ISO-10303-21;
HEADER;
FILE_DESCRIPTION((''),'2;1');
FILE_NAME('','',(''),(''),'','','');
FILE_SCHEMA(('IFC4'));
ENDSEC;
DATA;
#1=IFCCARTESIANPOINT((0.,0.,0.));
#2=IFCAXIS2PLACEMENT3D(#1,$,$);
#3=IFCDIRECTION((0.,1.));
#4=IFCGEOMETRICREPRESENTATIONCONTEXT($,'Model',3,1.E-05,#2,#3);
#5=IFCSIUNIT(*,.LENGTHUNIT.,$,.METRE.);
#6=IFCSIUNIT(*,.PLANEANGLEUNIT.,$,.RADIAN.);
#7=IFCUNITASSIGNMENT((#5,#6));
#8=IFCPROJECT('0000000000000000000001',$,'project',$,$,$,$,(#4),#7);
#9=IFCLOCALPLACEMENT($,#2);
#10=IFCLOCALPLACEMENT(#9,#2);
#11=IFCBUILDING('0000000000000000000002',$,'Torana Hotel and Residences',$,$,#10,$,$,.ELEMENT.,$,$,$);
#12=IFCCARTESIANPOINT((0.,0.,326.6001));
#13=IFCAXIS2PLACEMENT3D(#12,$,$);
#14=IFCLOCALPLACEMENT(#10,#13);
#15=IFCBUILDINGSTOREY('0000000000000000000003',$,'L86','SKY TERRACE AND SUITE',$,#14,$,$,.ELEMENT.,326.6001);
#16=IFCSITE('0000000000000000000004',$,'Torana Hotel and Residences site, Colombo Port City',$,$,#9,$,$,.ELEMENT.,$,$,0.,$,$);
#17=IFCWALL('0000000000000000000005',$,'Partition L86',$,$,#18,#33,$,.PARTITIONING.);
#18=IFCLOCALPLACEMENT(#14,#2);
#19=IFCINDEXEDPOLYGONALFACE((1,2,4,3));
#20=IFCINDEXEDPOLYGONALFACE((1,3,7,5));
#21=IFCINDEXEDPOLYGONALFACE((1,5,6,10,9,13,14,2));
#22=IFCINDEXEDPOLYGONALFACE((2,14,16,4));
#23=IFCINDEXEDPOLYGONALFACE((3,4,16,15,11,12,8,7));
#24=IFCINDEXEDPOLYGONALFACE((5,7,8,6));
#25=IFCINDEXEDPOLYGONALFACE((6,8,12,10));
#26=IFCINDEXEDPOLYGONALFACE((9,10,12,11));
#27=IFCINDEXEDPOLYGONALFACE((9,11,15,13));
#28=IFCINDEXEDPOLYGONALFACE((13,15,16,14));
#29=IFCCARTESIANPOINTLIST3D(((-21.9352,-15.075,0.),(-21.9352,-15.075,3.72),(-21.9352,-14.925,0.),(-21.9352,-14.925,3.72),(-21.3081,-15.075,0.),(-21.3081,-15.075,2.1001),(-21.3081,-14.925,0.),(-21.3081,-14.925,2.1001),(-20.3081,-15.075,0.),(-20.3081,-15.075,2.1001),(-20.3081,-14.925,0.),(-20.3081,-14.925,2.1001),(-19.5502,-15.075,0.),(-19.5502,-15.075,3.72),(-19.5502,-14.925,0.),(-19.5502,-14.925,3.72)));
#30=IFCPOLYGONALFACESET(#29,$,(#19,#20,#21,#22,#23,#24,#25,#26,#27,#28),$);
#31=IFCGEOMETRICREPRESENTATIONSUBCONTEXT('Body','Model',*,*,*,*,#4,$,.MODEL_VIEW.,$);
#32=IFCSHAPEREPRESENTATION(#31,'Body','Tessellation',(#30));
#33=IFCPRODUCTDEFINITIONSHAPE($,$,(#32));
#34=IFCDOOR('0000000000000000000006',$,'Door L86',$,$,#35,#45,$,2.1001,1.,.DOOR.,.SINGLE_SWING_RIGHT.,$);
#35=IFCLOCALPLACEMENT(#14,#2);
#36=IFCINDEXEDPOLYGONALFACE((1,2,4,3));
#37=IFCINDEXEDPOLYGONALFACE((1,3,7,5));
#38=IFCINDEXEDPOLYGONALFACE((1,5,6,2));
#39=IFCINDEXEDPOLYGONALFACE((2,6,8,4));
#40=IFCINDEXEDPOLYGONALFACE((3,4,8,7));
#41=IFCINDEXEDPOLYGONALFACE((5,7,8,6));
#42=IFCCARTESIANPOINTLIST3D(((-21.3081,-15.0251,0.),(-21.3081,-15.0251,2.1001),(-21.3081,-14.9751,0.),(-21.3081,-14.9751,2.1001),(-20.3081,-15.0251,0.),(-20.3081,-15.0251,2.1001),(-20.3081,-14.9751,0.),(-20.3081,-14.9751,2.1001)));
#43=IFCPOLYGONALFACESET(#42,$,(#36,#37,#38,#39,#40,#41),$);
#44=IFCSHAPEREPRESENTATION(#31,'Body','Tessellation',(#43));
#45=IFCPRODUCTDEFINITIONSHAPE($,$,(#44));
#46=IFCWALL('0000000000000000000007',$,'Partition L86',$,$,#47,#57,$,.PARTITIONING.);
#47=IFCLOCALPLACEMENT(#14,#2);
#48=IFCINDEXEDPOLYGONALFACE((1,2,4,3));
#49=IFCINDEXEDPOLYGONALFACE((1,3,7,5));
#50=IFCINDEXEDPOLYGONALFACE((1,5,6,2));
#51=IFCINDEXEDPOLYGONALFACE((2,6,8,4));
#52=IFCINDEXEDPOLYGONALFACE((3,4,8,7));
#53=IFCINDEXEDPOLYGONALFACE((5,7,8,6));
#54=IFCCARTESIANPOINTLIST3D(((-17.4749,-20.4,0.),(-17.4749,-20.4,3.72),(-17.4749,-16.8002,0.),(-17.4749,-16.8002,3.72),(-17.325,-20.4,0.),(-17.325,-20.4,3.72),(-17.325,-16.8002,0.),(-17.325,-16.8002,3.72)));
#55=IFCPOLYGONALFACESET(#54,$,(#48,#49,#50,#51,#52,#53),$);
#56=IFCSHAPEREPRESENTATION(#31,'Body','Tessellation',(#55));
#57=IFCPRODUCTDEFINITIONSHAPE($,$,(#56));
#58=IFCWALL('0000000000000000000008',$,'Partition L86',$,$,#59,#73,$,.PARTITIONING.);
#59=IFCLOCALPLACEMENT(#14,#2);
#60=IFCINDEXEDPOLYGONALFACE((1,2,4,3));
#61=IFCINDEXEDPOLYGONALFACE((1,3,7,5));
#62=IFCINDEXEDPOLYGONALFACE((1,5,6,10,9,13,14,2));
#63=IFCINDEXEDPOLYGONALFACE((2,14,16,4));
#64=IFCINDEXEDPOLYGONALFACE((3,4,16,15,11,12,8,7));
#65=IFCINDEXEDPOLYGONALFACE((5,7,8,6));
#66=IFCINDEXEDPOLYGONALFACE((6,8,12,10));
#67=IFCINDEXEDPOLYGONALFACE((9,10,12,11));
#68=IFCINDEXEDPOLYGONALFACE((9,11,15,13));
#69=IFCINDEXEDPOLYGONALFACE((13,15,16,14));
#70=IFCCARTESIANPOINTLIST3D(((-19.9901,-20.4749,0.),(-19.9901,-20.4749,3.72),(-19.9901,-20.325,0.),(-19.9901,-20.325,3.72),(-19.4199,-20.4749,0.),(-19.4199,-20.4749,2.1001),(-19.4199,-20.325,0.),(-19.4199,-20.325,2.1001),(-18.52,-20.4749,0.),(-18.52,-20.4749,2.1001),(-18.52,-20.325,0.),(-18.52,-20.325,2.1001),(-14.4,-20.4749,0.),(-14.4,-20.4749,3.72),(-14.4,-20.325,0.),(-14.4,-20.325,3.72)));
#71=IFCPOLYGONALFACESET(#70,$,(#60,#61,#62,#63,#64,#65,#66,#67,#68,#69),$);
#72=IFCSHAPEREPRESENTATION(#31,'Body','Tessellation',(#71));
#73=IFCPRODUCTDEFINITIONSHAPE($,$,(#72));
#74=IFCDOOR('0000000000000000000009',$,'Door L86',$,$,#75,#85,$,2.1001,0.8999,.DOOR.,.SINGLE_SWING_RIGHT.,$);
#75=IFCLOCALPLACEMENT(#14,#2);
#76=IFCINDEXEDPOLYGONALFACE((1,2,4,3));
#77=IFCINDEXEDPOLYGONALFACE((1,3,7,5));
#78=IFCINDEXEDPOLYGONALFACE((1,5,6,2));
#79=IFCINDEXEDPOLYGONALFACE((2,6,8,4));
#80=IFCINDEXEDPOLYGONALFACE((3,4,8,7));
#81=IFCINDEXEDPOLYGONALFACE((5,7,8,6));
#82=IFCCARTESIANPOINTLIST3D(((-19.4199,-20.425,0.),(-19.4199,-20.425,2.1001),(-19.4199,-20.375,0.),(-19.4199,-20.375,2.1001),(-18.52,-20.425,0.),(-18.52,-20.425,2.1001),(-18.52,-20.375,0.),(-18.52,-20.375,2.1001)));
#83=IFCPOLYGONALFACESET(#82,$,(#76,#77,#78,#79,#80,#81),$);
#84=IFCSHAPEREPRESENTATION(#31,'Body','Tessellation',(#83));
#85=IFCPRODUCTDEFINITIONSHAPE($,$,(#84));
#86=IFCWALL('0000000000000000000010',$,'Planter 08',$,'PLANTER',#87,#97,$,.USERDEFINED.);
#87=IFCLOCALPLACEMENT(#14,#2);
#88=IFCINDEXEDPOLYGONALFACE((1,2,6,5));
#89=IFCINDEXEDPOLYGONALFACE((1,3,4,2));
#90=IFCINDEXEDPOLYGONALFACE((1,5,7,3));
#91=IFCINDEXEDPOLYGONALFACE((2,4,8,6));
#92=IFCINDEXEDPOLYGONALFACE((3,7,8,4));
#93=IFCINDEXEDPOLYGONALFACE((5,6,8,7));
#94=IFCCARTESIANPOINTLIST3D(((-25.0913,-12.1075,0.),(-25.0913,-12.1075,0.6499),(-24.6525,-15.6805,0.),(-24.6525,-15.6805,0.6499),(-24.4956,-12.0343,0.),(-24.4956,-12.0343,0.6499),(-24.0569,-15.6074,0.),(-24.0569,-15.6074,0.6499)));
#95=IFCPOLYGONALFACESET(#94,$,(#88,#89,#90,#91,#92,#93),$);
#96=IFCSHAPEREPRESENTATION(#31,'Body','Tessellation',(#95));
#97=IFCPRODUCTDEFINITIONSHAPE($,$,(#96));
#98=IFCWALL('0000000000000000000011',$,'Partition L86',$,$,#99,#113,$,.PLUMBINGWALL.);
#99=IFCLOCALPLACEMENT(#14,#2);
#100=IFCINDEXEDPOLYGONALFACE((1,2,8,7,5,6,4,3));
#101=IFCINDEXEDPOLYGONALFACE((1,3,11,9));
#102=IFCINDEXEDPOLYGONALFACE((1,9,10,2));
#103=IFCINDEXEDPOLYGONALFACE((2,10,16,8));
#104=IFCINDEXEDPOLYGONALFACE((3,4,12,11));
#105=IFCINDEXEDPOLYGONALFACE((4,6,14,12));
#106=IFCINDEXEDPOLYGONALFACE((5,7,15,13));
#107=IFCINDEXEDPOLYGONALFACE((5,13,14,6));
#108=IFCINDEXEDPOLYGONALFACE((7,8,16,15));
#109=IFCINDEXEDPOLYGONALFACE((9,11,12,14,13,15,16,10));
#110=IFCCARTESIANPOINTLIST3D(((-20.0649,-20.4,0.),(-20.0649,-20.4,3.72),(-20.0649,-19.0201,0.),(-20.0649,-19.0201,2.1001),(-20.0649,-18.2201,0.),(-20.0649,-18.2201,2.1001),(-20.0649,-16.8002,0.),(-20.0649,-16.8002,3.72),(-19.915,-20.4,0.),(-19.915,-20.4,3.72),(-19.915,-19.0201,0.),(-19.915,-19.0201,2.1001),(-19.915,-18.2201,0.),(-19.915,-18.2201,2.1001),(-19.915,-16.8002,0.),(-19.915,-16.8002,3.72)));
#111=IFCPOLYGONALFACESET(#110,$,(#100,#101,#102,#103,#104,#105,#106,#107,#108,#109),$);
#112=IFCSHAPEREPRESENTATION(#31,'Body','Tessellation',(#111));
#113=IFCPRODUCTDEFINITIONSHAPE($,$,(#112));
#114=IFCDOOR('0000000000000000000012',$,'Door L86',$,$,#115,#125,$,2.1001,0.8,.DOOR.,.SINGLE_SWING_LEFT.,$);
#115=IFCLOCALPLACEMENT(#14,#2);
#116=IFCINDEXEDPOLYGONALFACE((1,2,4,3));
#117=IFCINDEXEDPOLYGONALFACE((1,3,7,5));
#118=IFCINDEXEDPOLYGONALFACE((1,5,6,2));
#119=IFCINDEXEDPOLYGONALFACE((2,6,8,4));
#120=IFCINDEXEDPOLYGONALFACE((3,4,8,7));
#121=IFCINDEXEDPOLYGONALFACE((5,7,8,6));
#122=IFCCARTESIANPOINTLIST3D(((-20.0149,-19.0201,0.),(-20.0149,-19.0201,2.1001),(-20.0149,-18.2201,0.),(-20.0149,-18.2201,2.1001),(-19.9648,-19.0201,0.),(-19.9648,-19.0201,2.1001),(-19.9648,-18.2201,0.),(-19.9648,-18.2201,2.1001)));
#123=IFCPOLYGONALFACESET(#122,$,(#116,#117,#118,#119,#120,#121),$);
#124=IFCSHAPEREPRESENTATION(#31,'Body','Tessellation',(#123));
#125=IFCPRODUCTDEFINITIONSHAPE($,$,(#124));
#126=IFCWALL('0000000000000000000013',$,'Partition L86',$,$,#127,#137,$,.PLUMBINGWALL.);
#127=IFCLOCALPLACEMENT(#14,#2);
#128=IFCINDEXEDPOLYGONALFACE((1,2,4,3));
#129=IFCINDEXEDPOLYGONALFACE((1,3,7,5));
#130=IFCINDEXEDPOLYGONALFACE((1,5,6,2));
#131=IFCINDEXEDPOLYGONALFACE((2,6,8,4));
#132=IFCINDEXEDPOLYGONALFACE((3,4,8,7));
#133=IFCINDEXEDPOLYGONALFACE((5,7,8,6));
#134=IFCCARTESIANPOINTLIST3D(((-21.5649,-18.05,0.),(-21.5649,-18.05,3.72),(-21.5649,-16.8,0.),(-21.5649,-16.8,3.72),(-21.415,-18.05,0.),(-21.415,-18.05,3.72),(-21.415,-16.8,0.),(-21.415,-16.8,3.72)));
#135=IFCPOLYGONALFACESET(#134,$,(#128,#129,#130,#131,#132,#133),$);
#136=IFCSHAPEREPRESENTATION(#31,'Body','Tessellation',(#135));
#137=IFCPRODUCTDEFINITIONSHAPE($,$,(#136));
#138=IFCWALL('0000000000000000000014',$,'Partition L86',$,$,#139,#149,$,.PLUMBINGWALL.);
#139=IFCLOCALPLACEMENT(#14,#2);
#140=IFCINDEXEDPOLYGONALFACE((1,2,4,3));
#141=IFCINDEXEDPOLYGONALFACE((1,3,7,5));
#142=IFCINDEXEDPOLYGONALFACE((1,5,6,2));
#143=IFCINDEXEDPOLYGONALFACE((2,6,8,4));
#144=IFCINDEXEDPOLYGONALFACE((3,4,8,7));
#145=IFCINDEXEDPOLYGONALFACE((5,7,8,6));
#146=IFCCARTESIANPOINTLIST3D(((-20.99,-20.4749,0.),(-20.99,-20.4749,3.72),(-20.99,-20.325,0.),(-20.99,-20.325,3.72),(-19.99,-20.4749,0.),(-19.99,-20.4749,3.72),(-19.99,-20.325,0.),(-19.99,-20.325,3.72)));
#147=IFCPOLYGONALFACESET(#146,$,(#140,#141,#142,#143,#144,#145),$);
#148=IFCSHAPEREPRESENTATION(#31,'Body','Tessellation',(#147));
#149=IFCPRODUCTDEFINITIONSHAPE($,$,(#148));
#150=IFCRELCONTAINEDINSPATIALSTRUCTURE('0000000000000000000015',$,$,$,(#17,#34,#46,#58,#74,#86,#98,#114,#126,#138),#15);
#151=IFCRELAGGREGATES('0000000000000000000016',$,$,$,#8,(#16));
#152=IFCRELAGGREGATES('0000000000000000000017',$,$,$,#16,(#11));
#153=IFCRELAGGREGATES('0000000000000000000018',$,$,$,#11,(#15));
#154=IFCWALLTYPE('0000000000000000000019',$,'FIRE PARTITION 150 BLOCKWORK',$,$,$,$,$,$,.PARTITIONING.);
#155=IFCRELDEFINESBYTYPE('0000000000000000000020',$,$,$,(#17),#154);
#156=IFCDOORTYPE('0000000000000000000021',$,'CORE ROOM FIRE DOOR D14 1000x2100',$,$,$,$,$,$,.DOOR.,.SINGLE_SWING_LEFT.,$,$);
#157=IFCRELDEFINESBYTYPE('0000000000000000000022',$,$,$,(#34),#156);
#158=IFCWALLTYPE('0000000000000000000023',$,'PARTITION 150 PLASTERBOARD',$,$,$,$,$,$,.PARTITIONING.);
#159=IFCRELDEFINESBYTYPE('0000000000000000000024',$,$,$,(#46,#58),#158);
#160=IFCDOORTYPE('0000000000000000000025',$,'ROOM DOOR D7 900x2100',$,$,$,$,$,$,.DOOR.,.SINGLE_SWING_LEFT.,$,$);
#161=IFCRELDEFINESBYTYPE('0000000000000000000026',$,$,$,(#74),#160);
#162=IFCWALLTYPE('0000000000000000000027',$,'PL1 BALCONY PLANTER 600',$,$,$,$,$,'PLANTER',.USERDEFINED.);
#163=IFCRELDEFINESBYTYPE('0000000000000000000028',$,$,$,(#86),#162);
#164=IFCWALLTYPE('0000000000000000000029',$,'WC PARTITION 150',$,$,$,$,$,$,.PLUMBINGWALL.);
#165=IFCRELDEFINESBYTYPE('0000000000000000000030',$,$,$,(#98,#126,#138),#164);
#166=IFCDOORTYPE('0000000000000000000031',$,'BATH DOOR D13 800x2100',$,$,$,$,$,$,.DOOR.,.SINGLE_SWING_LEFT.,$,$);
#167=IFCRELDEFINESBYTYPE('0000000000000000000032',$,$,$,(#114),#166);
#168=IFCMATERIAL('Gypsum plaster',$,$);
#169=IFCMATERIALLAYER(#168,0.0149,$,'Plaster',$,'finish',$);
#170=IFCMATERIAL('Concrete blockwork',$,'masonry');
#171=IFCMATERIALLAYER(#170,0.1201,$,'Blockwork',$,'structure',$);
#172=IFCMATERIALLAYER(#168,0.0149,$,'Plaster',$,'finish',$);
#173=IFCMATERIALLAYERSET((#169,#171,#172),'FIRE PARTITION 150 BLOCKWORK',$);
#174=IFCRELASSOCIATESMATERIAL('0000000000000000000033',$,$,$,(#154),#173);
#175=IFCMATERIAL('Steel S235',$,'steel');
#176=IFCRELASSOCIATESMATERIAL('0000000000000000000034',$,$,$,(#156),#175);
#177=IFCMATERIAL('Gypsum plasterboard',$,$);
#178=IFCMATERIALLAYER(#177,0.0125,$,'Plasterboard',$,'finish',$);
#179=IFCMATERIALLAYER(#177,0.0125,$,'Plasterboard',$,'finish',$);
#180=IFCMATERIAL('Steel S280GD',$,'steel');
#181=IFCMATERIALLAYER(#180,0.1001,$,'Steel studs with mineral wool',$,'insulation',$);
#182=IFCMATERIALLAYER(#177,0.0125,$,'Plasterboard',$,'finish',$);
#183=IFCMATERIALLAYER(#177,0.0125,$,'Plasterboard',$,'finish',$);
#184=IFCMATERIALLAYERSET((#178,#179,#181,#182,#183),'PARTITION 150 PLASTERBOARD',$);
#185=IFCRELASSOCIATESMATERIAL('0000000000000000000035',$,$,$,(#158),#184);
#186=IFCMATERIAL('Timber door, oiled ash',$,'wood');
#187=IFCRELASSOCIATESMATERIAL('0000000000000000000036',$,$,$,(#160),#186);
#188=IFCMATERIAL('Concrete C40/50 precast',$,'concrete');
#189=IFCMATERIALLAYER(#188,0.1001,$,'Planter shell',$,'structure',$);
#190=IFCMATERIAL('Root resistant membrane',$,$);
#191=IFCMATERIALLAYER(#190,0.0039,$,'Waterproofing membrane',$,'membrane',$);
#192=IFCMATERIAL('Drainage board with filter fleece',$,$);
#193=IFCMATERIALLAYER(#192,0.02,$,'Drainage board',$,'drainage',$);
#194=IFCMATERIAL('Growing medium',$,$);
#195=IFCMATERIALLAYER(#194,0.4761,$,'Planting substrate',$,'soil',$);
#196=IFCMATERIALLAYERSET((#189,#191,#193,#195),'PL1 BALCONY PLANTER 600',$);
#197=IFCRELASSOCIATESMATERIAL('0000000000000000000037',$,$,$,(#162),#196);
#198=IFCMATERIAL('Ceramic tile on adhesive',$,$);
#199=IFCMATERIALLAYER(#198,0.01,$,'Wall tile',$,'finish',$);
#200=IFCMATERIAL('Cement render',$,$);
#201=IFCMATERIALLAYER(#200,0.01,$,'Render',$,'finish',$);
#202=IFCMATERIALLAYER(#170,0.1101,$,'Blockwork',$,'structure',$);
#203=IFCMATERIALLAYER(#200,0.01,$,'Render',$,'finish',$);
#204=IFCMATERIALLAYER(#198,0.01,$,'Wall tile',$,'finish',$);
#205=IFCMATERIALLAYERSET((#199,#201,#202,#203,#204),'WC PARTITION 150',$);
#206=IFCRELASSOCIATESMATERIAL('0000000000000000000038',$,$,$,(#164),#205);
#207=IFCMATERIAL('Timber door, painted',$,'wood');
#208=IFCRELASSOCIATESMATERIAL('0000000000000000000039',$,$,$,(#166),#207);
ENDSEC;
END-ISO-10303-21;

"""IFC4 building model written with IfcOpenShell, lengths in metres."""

from ifc_helpers import new_model, si_unit, direction, frame, frame_2d, origin, place, context, subcontext, project, spatial, rectangle, extrude, material, layer, layer_set, type_object, element, fill, save


model = new_model("IFC4")

# Units and contexts
model_context = context("Model", 3, precision=1e-05, world=origin(), true_north=direction((0.0, 1.0)))
body_context = subcontext(model_context, "Body", "Model", "MODEL_VIEW")
ifc_project = project(units=[si_unit("LENGTHUNIT", "METRE"), si_unit("PLANEANGLEUNIT", "RADIAN")], contexts=[model_context])

# Site, building, storey
site_placement = place(None, origin())
site = spatial("IfcSite", under=ifc_project, at=site_placement, Name="Torana Hotel and Residences site, Colombo Port City", CompositionType="ELEMENT", RefElevation=0.0)
building_placement = place(site_placement, origin())
building = spatial("IfcBuilding", under=site, at=building_placement, Name="Torana Hotel and Residences", CompositionType="ELEMENT")
storey_placement = place(building_placement, frame((0.0, 0.0, 326.6001)))
storey = spatial("IfcBuildingStorey", under=building, at=storey_placement, Name="L86", Description="SKY TERRACE AND SUITE", CompositionType="ELEMENT", Elevation=326.6001)

# Shared definitions
ifc_material_1 = material(Name="Gypsum plaster")
ifc_layer_1 = layer(ifc_material_1, 0.0149, Name="Plaster", Category="finish")
ifc_material_2 = material(Name="Concrete blockwork", Category="masonry")
ifc_layer_2 = layer(ifc_material_2, 0.1201, Name="Blockwork", Category="structure")
ifc_layer_3 = layer(ifc_material_1, 0.0149, Name="Plaster", Category="finish")
ifc_layer_set_1 = layer_set([ifc_layer_1, ifc_layer_2, ifc_layer_3], Name="FIRE PARTITION 150 BLOCKWORK")
wall_type_1 = type_object("IfcWallType", Name="FIRE PARTITION 150 BLOCKWORK", PredefinedType="PARTITIONING", material=ifc_layer_set_1)

# Wall, opening, door
wall_1_placement = place(storey_placement, frame((-21.9351, -15.0, 0.0), z_axis=(0.0, 0.0, 1.0), x_axis=(1.0, 0.0, 0.0)))
wall_1 = element("IfcWall", 1, at=wall_1_placement, inside=storey, type_object=wall_type_1, Name="Partition L86", PredefinedType="PARTITIONING", context=body_context, shape_type="SweptSolid", body=[
    extrude(rectangle(XDim=2.385, YDim=0.1499, at=frame_2d((1.1924, 0.0))), origin(), (0.0, 0.0, 1.0), 3.72),
])
opening_1_placement = place(wall_1_placement, frame((0.627, 0.0, 0.0)))
opening_1 = element("IfcOpeningElement", 2, at=opening_1_placement, cuts=wall_1, PredefinedType="OPENING", context=body_context, shape_type="SweptSolid", body=[
    extrude(rectangle(XDim=1.0, YDim=2.1001, at=frame_2d((0.5, 1.05))), frame((0.0, 0.085, 0.0), z_axis=(0.0, -1.0, 0.0), x_axis=(1.0, 0.0, 0.0)), (0.0, 0.0, 1.0), 0.1699),
])
ifc_material_3 = material(Name="Steel S235", Category="steel")
door_type_1 = type_object("IfcDoorType", Name="CORE ROOM FIRE DOOR D14 1000x2100", OperationType="SINGLE_SWING_LEFT", PredefinedType="DOOR", material=ifc_material_3)
door_1_placement = place(opening_1_placement, origin())
door_1 = element("IfcDoor", 3, at=door_1_placement, inside=storey, type_object=door_type_1, Name="Door L86", OperationType="SINGLE_SWING_RIGHT", OverallHeight=2.1001, OverallWidth=1.0, PredefinedType="DOOR", context=body_context, shape_type="SweptSolid", body=[
    extrude(rectangle(XDim=1.0, YDim=2.1001, at=frame_2d((0.5, 1.05))), frame((0.0, 0.0249, 0.0), z_axis=(0.0, -1.0, 0.0), x_axis=(1.0, 0.0, 0.0)), (0.0, 0.0, 1.0), 0.05),
])
fill(opening_1, door_1)

# Wall
ifc_material_4 = material(Name="Gypsum plasterboard")
ifc_layer_4 = layer(ifc_material_4, 0.0125, Name="Plasterboard", Category="finish")
ifc_layer_5 = layer(ifc_material_4, 0.0125, Name="Plasterboard", Category="finish")
ifc_material_5 = material(Name="Steel S280GD", Category="steel")
ifc_layer_6 = layer(ifc_material_5, 0.1001, Name="Steel studs with mineral wool", Category="insulation")
ifc_layer_7 = layer(ifc_material_4, 0.0125, Name="Plasterboard", Category="finish")
ifc_layer_8 = layer(ifc_material_4, 0.0125, Name="Plasterboard", Category="finish")
ifc_layer_set_2 = layer_set([ifc_layer_4, ifc_layer_5, ifc_layer_6, ifc_layer_7, ifc_layer_8], Name="PARTITION 150 PLASTERBOARD")
wall_type_2 = type_object("IfcWallType", Name="PARTITION 150 PLASTERBOARD", PredefinedType="PARTITIONING", material=ifc_layer_set_2)
wall_2_placement = place(storey_placement, frame((-17.3999, -20.3999, 0.0), z_axis=(0.0, 0.0, 1.0), x_axis=(0.0, 1.0, 0.0)))
element("IfcWall", 4, at=wall_2_placement, inside=storey, type_object=wall_type_2, Name="Partition L86", PredefinedType="PARTITIONING", context=body_context, shape_type="SweptSolid", body=[
    extrude(rectangle(XDim=3.5999, YDim=0.1499, at=frame_2d((1.7998, 0.0))), origin(), (0.0, 0.0, 1.0), 3.72),
])

# Wall, opening, door
wall_3_placement = place(storey_placement, frame((-19.99, -20.3999, 0.0), z_axis=(0.0, 0.0, 1.0), x_axis=(1.0, 0.0, 0.0)))
wall_3 = element("IfcWall", 5, at=wall_3_placement, inside=storey, type_object=wall_type_2, Name="Partition L86", PredefinedType="PARTITIONING", context=body_context, shape_type="SweptSolid", body=[
    extrude(rectangle(XDim=5.5901, YDim=0.1499, at=frame_2d((2.7949, 0.0))), origin(), (0.0, 0.0, 1.0), 3.72),
])
opening_2_placement = place(wall_3_placement, frame((0.5701, 0.0, 0.0)))
opening_2 = element("IfcOpeningElement", 6, at=opening_2_placement, cuts=wall_3, PredefinedType="OPENING", context=body_context, shape_type="SweptSolid", body=[
    extrude(rectangle(XDim=0.8999, YDim=2.1001, at=frame_2d((0.45, 1.05))), frame((0.0, 0.085, 0.0), z_axis=(0.0, -1.0, 0.0), x_axis=(1.0, 0.0, 0.0)), (0.0, 0.0, 1.0), 0.1699),
])
ifc_material_6 = material(Name="Timber door, oiled ash", Category="wood")
door_type_2 = type_object("IfcDoorType", Name="ROOM DOOR D7 900x2100", OperationType="SINGLE_SWING_LEFT", PredefinedType="DOOR", material=ifc_material_6)
door_2_placement = place(opening_2_placement, origin())
door_2 = element("IfcDoor", 7, at=door_2_placement, inside=storey, type_object=door_type_2, Name="Door L86", OperationType="SINGLE_SWING_RIGHT", OverallHeight=2.1001, OverallWidth=0.8999, PredefinedType="DOOR", context=body_context, shape_type="SweptSolid", body=[
    extrude(rectangle(XDim=0.8999, YDim=2.1001, at=frame_2d((0.45, 1.05))), frame((0.0, 0.0249, 0.0), z_axis=(0.0, -1.0, 0.0), x_axis=(1.0, 0.0, 0.0)), (0.0, 0.0, 1.0), 0.05),
])
fill(opening_2, door_2)

# Wall
ifc_material_7 = material(Name="Concrete C40/50 precast", Category="concrete")
ifc_layer_9 = layer(ifc_material_7, 0.1001, Name="Planter shell", Category="structure")
ifc_material_8 = material(Name="Root resistant membrane")
ifc_layer_10 = layer(ifc_material_8, 0.0039, Name="Waterproofing membrane", Category="membrane")
ifc_material_9 = material(Name="Drainage board with filter fleece")
ifc_layer_11 = layer(ifc_material_9, 0.02, Name="Drainage board", Category="drainage")
ifc_material_10 = material(Name="Growing medium")
ifc_layer_12 = layer(ifc_material_10, 0.4761, Name="Planting substrate", Category="soil")
ifc_layer_set_3 = layer_set([ifc_layer_9, ifc_layer_10, ifc_layer_11, ifc_layer_12], Name="PL1 BALCONY PLANTER 600")
wall_type_3 = type_object("IfcWallType", Name="PL1 BALCONY PLANTER 600", ElementType="PLANTER", PredefinedType="USERDEFINED", material=ifc_layer_set_3)
wall_4_placement = place(storey_placement, frame((-24.3547, -15.6438, 0.0), z_axis=(0.0, 0.0, 1.0), x_axis=(-0.121873, 0.992546, 0.0)))
element("IfcWall", 8, at=wall_4_placement, inside=storey, type_object=wall_type_3, Name="Planter 08", ObjectType="PLANTER", PredefinedType="USERDEFINED", context=body_context, shape_type="SweptSolid", body=[
    extrude(rectangle(XDim=3.5999, YDim=0.6001, at=frame_2d((1.7998, 0.0))), origin(), (0.0, 0.0, 1.0), 0.6499),
])

# Wall, opening, door
ifc_material_11 = material(Name="Ceramic tile on adhesive")
ifc_layer_13 = layer(ifc_material_11, 0.01, Name="Wall tile", Category="finish")
ifc_material_12 = material(Name="Cement render")
ifc_layer_14 = layer(ifc_material_12, 0.01, Name="Render", Category="finish")
ifc_layer_15 = layer(ifc_material_2, 0.1101, Name="Blockwork", Category="structure")
ifc_layer_16 = layer(ifc_material_12, 0.01, Name="Render", Category="finish")
ifc_layer_17 = layer(ifc_material_11, 0.01, Name="Wall tile", Category="finish")
ifc_layer_set_4 = layer_set([ifc_layer_13, ifc_layer_14, ifc_layer_15, ifc_layer_16, ifc_layer_17], Name="WC PARTITION 150")
wall_type_4 = type_object("IfcWallType", Name="WC PARTITION 150", PredefinedType="PLUMBINGWALL", material=ifc_layer_set_4)
wall_5_placement = place(storey_placement, frame((-19.99, -20.3999, 0.0), z_axis=(0.0, 0.0, 1.0), x_axis=(0.0, 1.0, 0.0)))
wall_5 = element("IfcWall", 9, at=wall_5_placement, inside=storey, type_object=wall_type_4, Name="Partition L86", PredefinedType="PLUMBINGWALL", context=body_context, shape_type="SweptSolid", body=[
    extrude(rectangle(XDim=3.5999, YDim=0.1499, at=frame_2d((1.7998, 0.0))), origin(), (0.0, 0.0, 1.0), 3.72),
])
opening_3_placement = place(wall_5_placement, frame((1.3799, 0.0, 0.0)))
opening_3 = element("IfcOpeningElement", 10, at=opening_3_placement, cuts=wall_5, PredefinedType="OPENING", context=body_context, shape_type="SweptSolid", body=[
    extrude(rectangle(XDim=0.8, YDim=2.1001, at=frame_2d((0.3999, 1.05))), frame((0.0, 0.085, 0.0), z_axis=(0.0, -1.0, 0.0), x_axis=(1.0, 0.0, 0.0)), (0.0, 0.0, 1.0), 0.1699),
])
ifc_material_13 = material(Name="Timber door, painted", Category="wood")
door_type_3 = type_object("IfcDoorType", Name="BATH DOOR D13 800x2100", OperationType="SINGLE_SWING_LEFT", PredefinedType="DOOR", material=ifc_material_13)
door_3_placement = place(opening_3_placement, origin())
door_3 = element("IfcDoor", 11, at=door_3_placement, inside=storey, type_object=door_type_3, Name="Door L86", OperationType="SINGLE_SWING_LEFT", OverallHeight=2.1001, OverallWidth=0.8, PredefinedType="DOOR", context=body_context, shape_type="SweptSolid", body=[
    extrude(rectangle(XDim=0.8, YDim=2.1001, at=frame_2d((0.3999, 1.05))), frame((0.0, 0.0249, 0.0), z_axis=(0.0, -1.0, 0.0), x_axis=(1.0, 0.0, 0.0)), (0.0, 0.0, 1.0), 0.05),
])
fill(opening_3, door_3)

# Walls
wall_6_placement = place(storey_placement, frame((-21.49, -18.05, 0.0), z_axis=(0.0, 0.0, 1.0), x_axis=(0.0, 1.0, 0.0)))
element("IfcWall", 12, at=wall_6_placement, inside=storey, type_object=wall_type_4, Name="Partition L86", PredefinedType="PLUMBINGWALL", context=body_context, shape_type="SweptSolid", body=[
    extrude(rectangle(XDim=1.25, YDim=0.1499, at=frame_2d((0.625, 0.0))), origin(), (0.0, 0.0, 1.0), 3.72),
])
wall_7_placement = place(storey_placement, frame((-20.99, -20.3999, 0.0), z_axis=(0.0, 0.0, 1.0), x_axis=(1.0, 0.0, 0.0)))
element("IfcWall", 13, at=wall_7_placement, inside=storey, type_object=wall_type_4, Name="Partition L86", PredefinedType="PLUMBINGWALL", context=body_context, shape_type="SweptSolid", body=[
    extrude(rectangle(XDim=1.0, YDim=0.1499, at=frame_2d((0.5, 0.0))), origin(), (0.0, 0.0, 1.0), 3.72),
])

save(model, "model.ifc")
